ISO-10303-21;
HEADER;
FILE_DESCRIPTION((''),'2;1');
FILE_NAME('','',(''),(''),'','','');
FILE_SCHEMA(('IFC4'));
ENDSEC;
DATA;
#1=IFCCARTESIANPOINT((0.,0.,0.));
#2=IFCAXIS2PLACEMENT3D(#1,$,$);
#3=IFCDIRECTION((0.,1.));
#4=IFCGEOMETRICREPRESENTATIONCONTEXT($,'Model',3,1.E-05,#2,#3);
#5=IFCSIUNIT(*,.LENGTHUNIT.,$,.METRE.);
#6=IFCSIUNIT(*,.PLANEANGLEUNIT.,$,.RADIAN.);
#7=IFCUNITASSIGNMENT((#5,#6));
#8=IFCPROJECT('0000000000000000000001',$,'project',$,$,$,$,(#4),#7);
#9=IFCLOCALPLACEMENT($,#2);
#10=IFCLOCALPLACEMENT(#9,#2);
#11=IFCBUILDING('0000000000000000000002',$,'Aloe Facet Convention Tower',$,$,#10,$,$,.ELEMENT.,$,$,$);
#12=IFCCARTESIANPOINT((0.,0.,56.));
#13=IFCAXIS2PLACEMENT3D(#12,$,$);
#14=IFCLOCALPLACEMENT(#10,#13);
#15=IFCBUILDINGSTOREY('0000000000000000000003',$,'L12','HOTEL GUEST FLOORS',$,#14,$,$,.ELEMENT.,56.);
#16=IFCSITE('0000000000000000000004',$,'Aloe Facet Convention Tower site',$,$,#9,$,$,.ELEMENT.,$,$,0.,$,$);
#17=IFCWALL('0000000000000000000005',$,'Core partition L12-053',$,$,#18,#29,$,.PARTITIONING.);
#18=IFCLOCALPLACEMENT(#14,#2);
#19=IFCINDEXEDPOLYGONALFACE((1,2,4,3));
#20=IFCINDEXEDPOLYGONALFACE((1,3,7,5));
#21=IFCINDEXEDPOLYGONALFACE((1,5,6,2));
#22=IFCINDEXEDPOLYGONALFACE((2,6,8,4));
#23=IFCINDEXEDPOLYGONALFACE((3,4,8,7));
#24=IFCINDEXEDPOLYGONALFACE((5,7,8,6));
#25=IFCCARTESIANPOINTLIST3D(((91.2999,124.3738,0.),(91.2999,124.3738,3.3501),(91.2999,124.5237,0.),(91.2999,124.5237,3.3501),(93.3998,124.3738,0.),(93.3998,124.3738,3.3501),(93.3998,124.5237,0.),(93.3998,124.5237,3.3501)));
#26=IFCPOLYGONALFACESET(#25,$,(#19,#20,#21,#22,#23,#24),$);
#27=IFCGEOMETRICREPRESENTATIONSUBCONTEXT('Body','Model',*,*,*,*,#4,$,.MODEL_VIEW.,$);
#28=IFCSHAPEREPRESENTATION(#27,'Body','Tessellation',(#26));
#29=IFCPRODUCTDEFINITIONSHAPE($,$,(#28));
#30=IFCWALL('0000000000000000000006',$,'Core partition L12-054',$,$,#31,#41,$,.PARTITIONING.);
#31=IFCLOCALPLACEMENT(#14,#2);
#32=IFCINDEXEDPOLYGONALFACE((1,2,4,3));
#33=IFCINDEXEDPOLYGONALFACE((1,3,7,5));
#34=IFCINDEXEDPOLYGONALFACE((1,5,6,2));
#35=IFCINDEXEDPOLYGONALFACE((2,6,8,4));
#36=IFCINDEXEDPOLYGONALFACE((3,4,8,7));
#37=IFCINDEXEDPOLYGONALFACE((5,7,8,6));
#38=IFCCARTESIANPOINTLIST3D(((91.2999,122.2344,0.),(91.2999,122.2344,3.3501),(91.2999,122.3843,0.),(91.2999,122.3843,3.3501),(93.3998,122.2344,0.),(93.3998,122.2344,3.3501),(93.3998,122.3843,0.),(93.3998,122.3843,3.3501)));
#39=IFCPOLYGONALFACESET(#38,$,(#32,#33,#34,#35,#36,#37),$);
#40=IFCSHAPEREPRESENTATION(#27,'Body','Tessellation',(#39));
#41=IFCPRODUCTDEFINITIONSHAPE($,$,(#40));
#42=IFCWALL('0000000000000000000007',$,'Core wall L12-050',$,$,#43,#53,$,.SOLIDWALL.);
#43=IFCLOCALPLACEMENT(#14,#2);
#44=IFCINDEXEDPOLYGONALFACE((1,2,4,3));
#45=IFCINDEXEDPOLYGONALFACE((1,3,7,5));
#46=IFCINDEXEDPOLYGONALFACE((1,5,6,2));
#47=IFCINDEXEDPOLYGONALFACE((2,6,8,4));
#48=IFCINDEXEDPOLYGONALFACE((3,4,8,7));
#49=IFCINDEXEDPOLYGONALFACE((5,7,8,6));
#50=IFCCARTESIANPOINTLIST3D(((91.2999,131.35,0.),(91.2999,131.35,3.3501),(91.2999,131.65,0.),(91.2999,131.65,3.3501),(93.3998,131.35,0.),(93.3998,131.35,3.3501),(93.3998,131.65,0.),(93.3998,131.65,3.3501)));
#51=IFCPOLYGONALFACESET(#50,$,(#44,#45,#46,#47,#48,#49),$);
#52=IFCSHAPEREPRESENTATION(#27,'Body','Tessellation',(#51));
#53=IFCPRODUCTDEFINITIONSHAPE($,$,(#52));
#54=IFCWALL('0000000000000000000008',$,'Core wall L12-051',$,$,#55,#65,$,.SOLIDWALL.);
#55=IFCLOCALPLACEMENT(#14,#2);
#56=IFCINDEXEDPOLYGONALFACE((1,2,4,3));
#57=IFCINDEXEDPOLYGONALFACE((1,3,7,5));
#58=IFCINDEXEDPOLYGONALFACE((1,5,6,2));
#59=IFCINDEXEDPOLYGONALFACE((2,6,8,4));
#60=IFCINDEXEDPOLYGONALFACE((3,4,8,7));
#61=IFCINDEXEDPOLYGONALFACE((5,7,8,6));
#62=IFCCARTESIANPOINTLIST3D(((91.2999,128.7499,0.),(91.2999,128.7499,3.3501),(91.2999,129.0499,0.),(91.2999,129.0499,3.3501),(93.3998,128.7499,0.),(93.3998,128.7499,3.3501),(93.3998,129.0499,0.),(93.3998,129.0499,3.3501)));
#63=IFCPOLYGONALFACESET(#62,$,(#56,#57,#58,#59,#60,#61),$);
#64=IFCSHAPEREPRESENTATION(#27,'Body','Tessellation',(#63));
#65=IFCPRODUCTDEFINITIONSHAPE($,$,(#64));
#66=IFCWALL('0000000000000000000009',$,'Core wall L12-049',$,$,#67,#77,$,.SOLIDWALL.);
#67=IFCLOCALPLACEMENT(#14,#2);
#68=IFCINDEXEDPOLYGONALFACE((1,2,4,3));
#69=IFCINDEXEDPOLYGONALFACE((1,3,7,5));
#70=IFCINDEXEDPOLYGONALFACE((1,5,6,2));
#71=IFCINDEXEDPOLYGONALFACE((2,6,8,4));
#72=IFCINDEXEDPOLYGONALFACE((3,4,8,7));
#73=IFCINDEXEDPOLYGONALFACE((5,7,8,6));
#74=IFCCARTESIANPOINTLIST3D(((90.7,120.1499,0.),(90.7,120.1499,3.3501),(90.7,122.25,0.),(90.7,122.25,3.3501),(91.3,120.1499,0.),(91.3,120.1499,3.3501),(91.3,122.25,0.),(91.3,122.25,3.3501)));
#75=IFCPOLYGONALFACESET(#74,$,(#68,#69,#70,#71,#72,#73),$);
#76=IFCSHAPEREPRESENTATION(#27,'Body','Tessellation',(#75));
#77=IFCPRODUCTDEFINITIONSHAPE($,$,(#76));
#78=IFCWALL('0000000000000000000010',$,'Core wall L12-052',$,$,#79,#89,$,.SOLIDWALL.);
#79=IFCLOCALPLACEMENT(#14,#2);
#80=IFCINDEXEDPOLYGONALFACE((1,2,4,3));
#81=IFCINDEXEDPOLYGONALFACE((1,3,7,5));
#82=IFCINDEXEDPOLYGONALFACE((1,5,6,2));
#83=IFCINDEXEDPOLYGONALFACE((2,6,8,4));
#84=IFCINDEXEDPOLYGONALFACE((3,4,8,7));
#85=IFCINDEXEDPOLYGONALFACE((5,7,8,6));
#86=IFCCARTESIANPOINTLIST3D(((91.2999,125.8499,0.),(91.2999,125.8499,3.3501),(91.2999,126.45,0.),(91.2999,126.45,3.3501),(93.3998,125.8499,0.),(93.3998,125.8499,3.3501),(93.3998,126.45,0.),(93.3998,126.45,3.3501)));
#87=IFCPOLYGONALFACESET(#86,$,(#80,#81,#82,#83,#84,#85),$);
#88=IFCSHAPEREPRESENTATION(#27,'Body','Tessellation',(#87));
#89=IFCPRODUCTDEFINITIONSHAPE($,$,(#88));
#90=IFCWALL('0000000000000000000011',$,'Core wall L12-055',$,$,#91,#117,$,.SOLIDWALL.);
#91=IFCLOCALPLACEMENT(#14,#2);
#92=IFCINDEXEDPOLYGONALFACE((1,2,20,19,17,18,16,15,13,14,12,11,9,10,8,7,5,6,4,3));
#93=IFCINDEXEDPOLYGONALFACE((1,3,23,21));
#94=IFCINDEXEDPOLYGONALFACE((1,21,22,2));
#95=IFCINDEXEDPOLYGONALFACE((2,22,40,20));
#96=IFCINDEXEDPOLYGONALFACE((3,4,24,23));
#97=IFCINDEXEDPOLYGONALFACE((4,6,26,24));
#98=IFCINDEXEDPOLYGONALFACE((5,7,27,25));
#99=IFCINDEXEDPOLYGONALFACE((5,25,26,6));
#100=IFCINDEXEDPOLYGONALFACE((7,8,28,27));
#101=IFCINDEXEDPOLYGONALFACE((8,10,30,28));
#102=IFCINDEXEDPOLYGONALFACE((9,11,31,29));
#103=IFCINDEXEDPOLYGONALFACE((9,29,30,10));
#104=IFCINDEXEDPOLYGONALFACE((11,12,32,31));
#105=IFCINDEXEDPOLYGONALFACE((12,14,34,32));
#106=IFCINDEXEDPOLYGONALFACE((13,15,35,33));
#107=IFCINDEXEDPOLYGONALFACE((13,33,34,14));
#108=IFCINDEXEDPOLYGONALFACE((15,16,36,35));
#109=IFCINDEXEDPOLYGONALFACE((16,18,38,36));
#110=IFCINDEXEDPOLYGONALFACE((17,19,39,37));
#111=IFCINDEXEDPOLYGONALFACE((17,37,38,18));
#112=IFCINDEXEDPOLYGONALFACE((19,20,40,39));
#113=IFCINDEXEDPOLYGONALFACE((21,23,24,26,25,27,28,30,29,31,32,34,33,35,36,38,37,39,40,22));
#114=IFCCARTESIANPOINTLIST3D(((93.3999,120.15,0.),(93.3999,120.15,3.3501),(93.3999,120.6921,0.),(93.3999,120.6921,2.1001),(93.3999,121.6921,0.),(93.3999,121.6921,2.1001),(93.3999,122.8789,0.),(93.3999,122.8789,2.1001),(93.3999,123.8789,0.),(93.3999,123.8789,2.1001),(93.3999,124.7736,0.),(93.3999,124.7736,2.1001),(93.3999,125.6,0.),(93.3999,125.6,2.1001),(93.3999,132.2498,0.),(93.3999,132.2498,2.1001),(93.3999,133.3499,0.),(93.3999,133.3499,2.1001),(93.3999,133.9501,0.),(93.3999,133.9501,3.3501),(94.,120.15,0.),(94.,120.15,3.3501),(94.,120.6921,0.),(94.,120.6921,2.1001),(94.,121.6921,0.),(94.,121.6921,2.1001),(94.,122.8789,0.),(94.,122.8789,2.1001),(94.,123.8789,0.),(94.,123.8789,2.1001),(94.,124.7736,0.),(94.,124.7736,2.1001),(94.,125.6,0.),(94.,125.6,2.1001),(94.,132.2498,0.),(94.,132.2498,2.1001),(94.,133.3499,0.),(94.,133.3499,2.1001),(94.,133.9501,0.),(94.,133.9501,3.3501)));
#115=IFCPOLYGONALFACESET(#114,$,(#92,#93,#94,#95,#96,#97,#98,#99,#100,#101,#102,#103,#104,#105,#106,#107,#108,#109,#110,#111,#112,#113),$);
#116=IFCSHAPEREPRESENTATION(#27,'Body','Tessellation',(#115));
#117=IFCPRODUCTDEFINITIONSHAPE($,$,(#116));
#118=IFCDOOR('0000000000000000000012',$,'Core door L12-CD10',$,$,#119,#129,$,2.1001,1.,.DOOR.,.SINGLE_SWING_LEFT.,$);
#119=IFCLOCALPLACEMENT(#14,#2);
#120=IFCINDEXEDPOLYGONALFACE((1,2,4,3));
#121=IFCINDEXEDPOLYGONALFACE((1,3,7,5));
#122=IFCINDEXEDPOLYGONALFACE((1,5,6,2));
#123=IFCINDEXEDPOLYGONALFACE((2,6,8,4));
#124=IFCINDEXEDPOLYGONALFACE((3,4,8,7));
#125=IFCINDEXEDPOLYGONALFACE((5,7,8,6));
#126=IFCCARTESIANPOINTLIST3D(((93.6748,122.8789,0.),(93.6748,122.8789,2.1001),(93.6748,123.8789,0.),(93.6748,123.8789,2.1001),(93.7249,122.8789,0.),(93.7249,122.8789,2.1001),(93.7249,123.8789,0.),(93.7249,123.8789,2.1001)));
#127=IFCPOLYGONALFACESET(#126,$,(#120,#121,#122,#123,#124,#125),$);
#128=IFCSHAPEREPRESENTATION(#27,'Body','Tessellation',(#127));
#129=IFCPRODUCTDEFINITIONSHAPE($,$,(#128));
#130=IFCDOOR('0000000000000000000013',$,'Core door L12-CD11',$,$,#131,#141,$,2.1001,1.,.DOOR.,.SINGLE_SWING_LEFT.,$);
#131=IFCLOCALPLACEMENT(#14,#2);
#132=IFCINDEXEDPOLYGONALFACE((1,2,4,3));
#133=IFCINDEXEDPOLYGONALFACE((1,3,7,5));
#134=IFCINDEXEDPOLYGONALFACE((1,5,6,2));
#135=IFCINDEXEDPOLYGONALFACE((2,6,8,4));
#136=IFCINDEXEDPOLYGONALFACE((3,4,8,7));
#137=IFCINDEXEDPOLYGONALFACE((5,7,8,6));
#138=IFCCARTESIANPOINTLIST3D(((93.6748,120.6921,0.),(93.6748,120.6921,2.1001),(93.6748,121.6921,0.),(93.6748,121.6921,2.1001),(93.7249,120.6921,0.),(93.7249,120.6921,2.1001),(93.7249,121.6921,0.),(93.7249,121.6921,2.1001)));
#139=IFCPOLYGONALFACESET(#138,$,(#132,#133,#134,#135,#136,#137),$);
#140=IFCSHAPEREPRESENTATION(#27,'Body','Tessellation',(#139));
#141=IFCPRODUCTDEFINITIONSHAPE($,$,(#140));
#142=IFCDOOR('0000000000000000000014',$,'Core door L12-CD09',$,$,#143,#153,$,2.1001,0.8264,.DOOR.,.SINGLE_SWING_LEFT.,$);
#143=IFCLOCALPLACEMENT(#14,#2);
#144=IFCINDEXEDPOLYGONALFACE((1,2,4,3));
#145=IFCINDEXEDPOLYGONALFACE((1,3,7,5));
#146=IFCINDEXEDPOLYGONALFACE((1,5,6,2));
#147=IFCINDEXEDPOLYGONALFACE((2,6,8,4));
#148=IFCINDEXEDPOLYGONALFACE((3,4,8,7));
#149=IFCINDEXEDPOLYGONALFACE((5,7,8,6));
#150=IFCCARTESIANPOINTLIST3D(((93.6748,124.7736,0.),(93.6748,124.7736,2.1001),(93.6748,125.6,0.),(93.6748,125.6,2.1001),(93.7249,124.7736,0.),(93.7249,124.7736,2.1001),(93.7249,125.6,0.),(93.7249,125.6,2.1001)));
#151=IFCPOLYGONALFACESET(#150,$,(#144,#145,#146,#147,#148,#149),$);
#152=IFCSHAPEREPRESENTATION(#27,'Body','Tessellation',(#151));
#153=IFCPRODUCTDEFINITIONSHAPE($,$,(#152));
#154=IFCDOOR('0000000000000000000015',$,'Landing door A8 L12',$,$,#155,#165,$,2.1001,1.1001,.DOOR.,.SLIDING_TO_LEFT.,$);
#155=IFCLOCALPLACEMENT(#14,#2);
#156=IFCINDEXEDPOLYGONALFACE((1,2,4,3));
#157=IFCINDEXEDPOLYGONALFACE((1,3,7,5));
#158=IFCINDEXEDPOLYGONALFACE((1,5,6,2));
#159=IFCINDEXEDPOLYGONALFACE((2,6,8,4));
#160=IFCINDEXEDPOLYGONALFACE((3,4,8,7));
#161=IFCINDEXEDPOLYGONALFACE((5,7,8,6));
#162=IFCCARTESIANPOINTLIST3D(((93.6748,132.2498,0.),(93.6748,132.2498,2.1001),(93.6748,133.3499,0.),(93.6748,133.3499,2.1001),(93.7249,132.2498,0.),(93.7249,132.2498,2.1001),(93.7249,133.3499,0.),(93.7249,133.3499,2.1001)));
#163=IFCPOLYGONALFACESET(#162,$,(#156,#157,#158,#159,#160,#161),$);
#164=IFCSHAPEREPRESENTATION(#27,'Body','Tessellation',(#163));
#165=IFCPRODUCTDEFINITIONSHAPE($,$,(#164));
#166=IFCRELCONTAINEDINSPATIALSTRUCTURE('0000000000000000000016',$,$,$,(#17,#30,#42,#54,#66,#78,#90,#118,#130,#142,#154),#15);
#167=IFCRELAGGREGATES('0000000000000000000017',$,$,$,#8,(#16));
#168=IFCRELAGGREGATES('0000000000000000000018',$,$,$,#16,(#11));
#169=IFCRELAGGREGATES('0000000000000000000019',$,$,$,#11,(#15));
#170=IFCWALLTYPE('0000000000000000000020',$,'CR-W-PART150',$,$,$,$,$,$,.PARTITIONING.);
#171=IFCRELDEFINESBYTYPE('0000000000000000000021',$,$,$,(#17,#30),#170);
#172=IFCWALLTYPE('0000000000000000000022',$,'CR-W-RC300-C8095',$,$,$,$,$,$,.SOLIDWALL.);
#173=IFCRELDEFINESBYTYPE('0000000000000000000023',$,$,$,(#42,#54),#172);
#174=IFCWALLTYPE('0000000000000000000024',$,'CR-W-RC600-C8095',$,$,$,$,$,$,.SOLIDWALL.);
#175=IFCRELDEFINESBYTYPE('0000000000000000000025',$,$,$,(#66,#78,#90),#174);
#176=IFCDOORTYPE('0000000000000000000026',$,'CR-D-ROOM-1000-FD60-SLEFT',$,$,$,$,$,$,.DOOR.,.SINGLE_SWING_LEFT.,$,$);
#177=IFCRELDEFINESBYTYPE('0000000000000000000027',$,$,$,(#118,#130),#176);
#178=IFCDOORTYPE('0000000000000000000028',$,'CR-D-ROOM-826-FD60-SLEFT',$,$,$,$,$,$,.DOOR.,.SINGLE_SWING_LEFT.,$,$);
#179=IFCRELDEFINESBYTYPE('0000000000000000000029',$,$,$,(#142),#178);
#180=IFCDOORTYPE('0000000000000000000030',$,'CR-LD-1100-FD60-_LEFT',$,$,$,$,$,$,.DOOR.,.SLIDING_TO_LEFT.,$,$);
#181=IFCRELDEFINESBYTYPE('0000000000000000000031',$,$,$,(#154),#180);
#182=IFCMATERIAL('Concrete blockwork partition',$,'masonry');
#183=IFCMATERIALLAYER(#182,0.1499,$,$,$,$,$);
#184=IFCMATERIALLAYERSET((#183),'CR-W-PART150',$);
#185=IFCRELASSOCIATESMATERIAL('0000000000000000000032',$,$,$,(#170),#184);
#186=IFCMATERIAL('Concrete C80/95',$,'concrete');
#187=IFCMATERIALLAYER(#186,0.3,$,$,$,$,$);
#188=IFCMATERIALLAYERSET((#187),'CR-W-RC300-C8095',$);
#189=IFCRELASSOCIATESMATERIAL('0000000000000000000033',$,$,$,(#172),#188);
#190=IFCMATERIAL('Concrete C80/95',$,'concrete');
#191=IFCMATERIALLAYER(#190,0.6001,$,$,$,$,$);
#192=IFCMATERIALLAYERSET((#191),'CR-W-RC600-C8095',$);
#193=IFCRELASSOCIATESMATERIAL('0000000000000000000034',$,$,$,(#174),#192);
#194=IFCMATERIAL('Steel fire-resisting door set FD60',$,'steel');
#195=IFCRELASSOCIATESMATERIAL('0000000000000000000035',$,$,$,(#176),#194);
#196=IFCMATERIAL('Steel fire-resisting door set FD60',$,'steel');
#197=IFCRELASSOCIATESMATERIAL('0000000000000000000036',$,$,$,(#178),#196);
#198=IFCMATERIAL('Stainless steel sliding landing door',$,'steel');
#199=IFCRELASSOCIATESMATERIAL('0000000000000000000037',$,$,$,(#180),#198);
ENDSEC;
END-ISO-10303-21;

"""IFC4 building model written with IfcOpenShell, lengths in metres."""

from ifc_helpers import new_model, si_unit, direction, frame, frame_2d, origin, place, context, subcontext, project, spatial, rectangle, extrude, material, layer, layer_set, type_object, element, fill, save


model = new_model("IFC4")

# Units and contexts
model_context = context("Model", 3, precision=1e-05, world=origin(), true_north=direction((0.0, 1.0)))
body_context = subcontext(model_context, "Body", "Model", "MODEL_VIEW")
ifc_project = project(units=[si_unit("LENGTHUNIT", "METRE"), si_unit("PLANEANGLEUNIT", "RADIAN")], contexts=[model_context])

# Site, building, storey
site_placement = place(None, origin())
site = spatial("IfcSite", under=ifc_project, at=site_placement, Name="Aloe Facet Convention Tower site", CompositionType="ELEMENT", RefElevation=0.0)
building_placement = place(site_placement, origin())
building = spatial("IfcBuilding", under=site, at=building_placement, Name="Aloe Facet Convention Tower", CompositionType="ELEMENT")
storey_placement = place(building_placement, frame((0.0, 0.0, 56.0)))
storey = spatial("IfcBuildingStorey", under=building, at=storey_placement, Name="L12", Description="HOTEL GUEST FLOORS", CompositionType="ELEMENT", Elevation=56.0)

# Walls
ifc_material_1 = material(Name="Concrete blockwork partition", Category="masonry")
ifc_layer_1 = layer(ifc_material_1, 0.1499)
ifc_layer_set_1 = layer_set([ifc_layer_1], Name="CR-W-PART150")
wall_type_1 = type_object("IfcWallType", Name="CR-W-PART150", PredefinedType="PARTITIONING", material=ifc_layer_set_1)
for number, where, z_axis, x_axis, name in (
    (1, (91.3, 124.4487, 0.0), (0.0, 0.0, 1.0), (1.0, 0.0, 0.0), "Core partition L12-053"),
    (2, (91.3, 122.3093, 0.0), (0.0, 0.0, 1.0), (1.0, 0.0, 0.0), "Core partition L12-054"),
):
    element("IfcWall", number, at=place(storey_placement, frame(where, z_axis=z_axis, x_axis=x_axis)), inside=storey, type_object=wall_type_1, Name=name, PredefinedType="PARTITIONING", context=body_context, shape_type="SweptSolid", body=[
        extrude(rectangle(XDim=2.0999, YDim=0.1499, at=frame_2d((1.0498, 0.0))), origin(), (0.0, 0.0, 1.0), 3.3501),
    ])
ifc_material_2 = material(Name="Concrete C80/95", Category="concrete")
ifc_layer_2 = layer(ifc_material_2, 0.3)
ifc_layer_set_2 = layer_set([ifc_layer_2], Name="CR-W-RC300-C8095")
wall_type_2 = type_object("IfcWallType", Name="CR-W-RC300-C8095", PredefinedType="SOLIDWALL", material=ifc_layer_set_2)
for number, where, z_axis, x_axis, name in (
    (3, (91.3, 131.5, 0.0), (0.0, 0.0, 1.0), (1.0, 0.0, 0.0), "Core wall L12-050"),
    (4, (91.3, 128.8999, 0.0), (0.0, 0.0, 1.0), (1.0, 0.0, 0.0), "Core wall L12-051"),
):
    element("IfcWall", number, at=place(storey_placement, frame(where, z_axis=z_axis, x_axis=x_axis)), inside=storey, type_object=wall_type_2, Name=name, PredefinedType="SOLIDWALL", context=body_context, shape_type="SweptSolid", body=[
        extrude(rectangle(XDim=2.0999, YDim=0.3, at=frame_2d((1.0498, 0.0))), origin(), (0.0, 0.0, 1.0), 3.3501),
    ])
ifc_material_3 = material(Name="Concrete C80/95", Category="concrete")
ifc_layer_3 = layer(ifc_material_3, 0.6001)
ifc_layer_set_3 = layer_set([ifc_layer_3], Name="CR-W-RC600-C8095")
wall_type_3 = type_object("IfcWallType", Name="CR-W-RC600-C8095", PredefinedType="SOLIDWALL", material=ifc_layer_set_3)
wall_1_placement = place(storey_placement, frame((91.0, 122.25, 0.0), z_axis=(0.0, 0.0, 1.0), x_axis=(0.0, -1.0, 0.0)))
element("IfcWall", 5, at=wall_1_placement, inside=storey, type_object=wall_type_3, Name="Core wall L12-049", PredefinedType="SOLIDWALL", context=body_context, shape_type="SweptSolid", body=[
    extrude(rectangle(XDim=2.1001, YDim=0.6001, at=frame_2d((1.05, 0.0))), origin(), (0.0, 0.0, 1.0), 3.3501),
])
wall_2_placement = place(storey_placement, frame((91.3, 126.1499, 0.0), z_axis=(0.0, 0.0, 1.0), x_axis=(1.0, 0.0, 0.0)))
element("IfcWall", 6, at=wall_2_placement, inside=storey, type_object=wall_type_3, Name="Core wall L12-052", PredefinedType="SOLIDWALL", context=body_context, shape_type="SweptSolid", body=[
    extrude(rectangle(XDim=2.0999, YDim=0.6001, at=frame_2d((1.0498, 0.0))), origin(), (0.0, 0.0, 1.0), 3.3501),
])

# Wall, openings, doors
wall_3_placement = place(storey_placement, frame((93.7, 133.95, 0.0), z_axis=(0.0, 0.0, 1.0), x_axis=(0.0, -1.0, 0.0)))
wall_3 = element("IfcWall", 7, at=wall_3_placement, inside=storey, type_object=wall_type_3, Name="Core wall L12-055", PredefinedType="SOLIDWALL", context=body_context, shape_type="SweptSolid", body=[
    extrude(rectangle(XDim=13.8, YDim=0.6001, at=frame_2d((6.8999, 0.0))), origin(), (0.0, 0.0, 1.0), 3.3501),
])
opening_1_placement = place(wall_3_placement, frame((0.6001, 0.0, 0.0)))
opening_1 = element("IfcOpeningElement", 8, at=opening_1_placement, cuts=wall_3, PredefinedType="OPENING", context=body_context, shape_type="SweptSolid", body=[
    extrude(rectangle(XDim=1.1001, YDim=2.1001, at=frame_2d((0.55, 1.05))), frame((0.0, 0.3101, 0.0), z_axis=(0.0, -1.0, 0.0), x_axis=(1.0, 0.0, 0.0)), (0.0, 0.0, 1.0), 0.6201),
])
opening_2_placement = place(wall_3_placement, frame((8.3501, 0.0, 0.0)))
opening_2 = element("IfcOpeningElement", 9, at=opening_2_placement, cuts=wall_3, PredefinedType="OPENING", context=body_context, shape_type="SweptSolid", body=[
    extrude(rectangle(XDim=0.8264, YDim=2.1001, at=frame_2d((0.4131, 1.05))), frame((0.0, 0.3101, 0.0), z_axis=(0.0, -1.0, 0.0), x_axis=(1.0, 0.0, 0.0)), (0.0, 0.0, 1.0), 0.6201),
])
opening_3_placement = place(wall_3_placement, frame((10.071, 0.0, 0.0)))
opening_3 = element("IfcOpeningElement", 10, at=opening_3_placement, cuts=wall_3, PredefinedType="OPENING", context=body_context, shape_type="SweptSolid", body=[
    extrude(rectangle(XDim=1.0, YDim=2.1001, at=frame_2d((0.5, 1.05))), frame((0.0, 0.3101, 0.0), z_axis=(0.0, -1.0, 0.0), x_axis=(1.0, 0.0, 0.0)), (0.0, 0.0, 1.0), 0.6201),
])
opening_4_placement = place(wall_3_placement, frame((12.2578, 0.0, 0.0)))
opening_4 = element("IfcOpeningElement", 11, at=opening_4_placement, cuts=wall_3, PredefinedType="OPENING", context=body_context, shape_type="SweptSolid", body=[
    extrude(rectangle(XDim=1.0, YDim=2.1001, at=frame_2d((0.5, 1.05))), frame((0.0, 0.3101, 0.0), z_axis=(0.0, -1.0, 0.0), x_axis=(1.0, 0.0, 0.0)), (0.0, 0.0, 1.0), 0.6201),
])
ifc_material_4 = material(Name="Steel fire-resisting door set FD60", Category="steel")
door_type_1 = type_object("IfcDoorType", Name="CR-D-ROOM-1000-FD60-SLEFT", OperationType="SINGLE_SWING_LEFT", PredefinedType="DOOR", material=ifc_material_4)
door_1_placement = place(opening_3_placement, origin())
door_1 = element("IfcDoor", 12, at=door_1_placement, inside=storey, type_object=door_type_1, Name="Core door L12-CD10", OperationType="SINGLE_SWING_LEFT", OverallHeight=2.1001, OverallWidth=1.0, PredefinedType="DOOR", context=body_context, shape_type="SweptSolid", body=[
    extrude(rectangle(XDim=1.0, YDim=2.1001, at=frame_2d((0.5, 1.05))), frame((0.0, 0.0249, 0.0), z_axis=(0.0, -1.0, 0.0), x_axis=(1.0, 0.0, 0.0)), (0.0, 0.0, 1.0), 0.05),
])
fill(opening_3, door_1)
door_2_placement = place(opening_4_placement, origin())
door_2 = element("IfcDoor", 13, at=door_2_placement, inside=storey, type_object=door_type_1, Name="Core door L12-CD11", OperationType="SINGLE_SWING_LEFT", OverallHeight=2.1001, OverallWidth=1.0, PredefinedType="DOOR", context=body_context, shape_type="SweptSolid", body=[
    extrude(rectangle(XDim=1.0, YDim=2.1001, at=frame_2d((0.5, 1.05))), frame((0.0, 0.0249, 0.0), z_axis=(0.0, -1.0, 0.0), x_axis=(1.0, 0.0, 0.0)), (0.0, 0.0, 1.0), 0.05),
])
fill(opening_4, door_2)
ifc_material_5 = material(Name="Steel fire-resisting door set FD60", Category="steel")
door_type_2 = type_object("IfcDoorType", Name="CR-D-ROOM-826-FD60-SLEFT", OperationType="SINGLE_SWING_LEFT", PredefinedType="DOOR", material=ifc_material_5)
door_3_placement = place(opening_2_placement, origin())
door_3 = element("IfcDoor", 14, at=door_3_placement, inside=storey, type_object=door_type_2, Name="Core door L12-CD09", OperationType="SINGLE_SWING_LEFT", OverallHeight=2.1001, OverallWidth=0.8264, PredefinedType="DOOR", context=body_context, shape_type="SweptSolid", body=[
    extrude(rectangle(XDim=0.8264, YDim=2.1001, at=frame_2d((0.4131, 1.05))), frame((0.0, 0.0249, 0.0), z_axis=(0.0, -1.0, 0.0), x_axis=(1.0, 0.0, 0.0)), (0.0, 0.0, 1.0), 0.05),
])
fill(opening_2, door_3)
ifc_material_6 = material(Name="Stainless steel sliding landing door", Category="steel")
door_type_3 = type_object("IfcDoorType", Name="CR-LD-1100-FD60-_LEFT", OperationType="SLIDING_TO_LEFT", PredefinedType="DOOR", material=ifc_material_6)
door_4_placement = place(opening_1_placement, origin())
door_4 = element("IfcDoor", 15, at=door_4_placement, inside=storey, type_object=door_type_3, Name="Landing door A8 L12", OperationType="SLIDING_TO_LEFT", OverallHeight=2.1001, OverallWidth=1.1001, PredefinedType="DOOR", context=body_context, shape_type="SweptSolid", body=[
    extrude(rectangle(XDim=1.1001, YDim=2.1001, at=frame_2d((0.55, 1.05))), frame((0.0, 0.0249, 0.0), z_axis=(0.0, -1.0, 0.0), x_axis=(1.0, 0.0, 0.0)), (0.0, 0.0, 1.0), 0.05),
])
fill(opening_1, door_4)

save(model, "model.ifc")
